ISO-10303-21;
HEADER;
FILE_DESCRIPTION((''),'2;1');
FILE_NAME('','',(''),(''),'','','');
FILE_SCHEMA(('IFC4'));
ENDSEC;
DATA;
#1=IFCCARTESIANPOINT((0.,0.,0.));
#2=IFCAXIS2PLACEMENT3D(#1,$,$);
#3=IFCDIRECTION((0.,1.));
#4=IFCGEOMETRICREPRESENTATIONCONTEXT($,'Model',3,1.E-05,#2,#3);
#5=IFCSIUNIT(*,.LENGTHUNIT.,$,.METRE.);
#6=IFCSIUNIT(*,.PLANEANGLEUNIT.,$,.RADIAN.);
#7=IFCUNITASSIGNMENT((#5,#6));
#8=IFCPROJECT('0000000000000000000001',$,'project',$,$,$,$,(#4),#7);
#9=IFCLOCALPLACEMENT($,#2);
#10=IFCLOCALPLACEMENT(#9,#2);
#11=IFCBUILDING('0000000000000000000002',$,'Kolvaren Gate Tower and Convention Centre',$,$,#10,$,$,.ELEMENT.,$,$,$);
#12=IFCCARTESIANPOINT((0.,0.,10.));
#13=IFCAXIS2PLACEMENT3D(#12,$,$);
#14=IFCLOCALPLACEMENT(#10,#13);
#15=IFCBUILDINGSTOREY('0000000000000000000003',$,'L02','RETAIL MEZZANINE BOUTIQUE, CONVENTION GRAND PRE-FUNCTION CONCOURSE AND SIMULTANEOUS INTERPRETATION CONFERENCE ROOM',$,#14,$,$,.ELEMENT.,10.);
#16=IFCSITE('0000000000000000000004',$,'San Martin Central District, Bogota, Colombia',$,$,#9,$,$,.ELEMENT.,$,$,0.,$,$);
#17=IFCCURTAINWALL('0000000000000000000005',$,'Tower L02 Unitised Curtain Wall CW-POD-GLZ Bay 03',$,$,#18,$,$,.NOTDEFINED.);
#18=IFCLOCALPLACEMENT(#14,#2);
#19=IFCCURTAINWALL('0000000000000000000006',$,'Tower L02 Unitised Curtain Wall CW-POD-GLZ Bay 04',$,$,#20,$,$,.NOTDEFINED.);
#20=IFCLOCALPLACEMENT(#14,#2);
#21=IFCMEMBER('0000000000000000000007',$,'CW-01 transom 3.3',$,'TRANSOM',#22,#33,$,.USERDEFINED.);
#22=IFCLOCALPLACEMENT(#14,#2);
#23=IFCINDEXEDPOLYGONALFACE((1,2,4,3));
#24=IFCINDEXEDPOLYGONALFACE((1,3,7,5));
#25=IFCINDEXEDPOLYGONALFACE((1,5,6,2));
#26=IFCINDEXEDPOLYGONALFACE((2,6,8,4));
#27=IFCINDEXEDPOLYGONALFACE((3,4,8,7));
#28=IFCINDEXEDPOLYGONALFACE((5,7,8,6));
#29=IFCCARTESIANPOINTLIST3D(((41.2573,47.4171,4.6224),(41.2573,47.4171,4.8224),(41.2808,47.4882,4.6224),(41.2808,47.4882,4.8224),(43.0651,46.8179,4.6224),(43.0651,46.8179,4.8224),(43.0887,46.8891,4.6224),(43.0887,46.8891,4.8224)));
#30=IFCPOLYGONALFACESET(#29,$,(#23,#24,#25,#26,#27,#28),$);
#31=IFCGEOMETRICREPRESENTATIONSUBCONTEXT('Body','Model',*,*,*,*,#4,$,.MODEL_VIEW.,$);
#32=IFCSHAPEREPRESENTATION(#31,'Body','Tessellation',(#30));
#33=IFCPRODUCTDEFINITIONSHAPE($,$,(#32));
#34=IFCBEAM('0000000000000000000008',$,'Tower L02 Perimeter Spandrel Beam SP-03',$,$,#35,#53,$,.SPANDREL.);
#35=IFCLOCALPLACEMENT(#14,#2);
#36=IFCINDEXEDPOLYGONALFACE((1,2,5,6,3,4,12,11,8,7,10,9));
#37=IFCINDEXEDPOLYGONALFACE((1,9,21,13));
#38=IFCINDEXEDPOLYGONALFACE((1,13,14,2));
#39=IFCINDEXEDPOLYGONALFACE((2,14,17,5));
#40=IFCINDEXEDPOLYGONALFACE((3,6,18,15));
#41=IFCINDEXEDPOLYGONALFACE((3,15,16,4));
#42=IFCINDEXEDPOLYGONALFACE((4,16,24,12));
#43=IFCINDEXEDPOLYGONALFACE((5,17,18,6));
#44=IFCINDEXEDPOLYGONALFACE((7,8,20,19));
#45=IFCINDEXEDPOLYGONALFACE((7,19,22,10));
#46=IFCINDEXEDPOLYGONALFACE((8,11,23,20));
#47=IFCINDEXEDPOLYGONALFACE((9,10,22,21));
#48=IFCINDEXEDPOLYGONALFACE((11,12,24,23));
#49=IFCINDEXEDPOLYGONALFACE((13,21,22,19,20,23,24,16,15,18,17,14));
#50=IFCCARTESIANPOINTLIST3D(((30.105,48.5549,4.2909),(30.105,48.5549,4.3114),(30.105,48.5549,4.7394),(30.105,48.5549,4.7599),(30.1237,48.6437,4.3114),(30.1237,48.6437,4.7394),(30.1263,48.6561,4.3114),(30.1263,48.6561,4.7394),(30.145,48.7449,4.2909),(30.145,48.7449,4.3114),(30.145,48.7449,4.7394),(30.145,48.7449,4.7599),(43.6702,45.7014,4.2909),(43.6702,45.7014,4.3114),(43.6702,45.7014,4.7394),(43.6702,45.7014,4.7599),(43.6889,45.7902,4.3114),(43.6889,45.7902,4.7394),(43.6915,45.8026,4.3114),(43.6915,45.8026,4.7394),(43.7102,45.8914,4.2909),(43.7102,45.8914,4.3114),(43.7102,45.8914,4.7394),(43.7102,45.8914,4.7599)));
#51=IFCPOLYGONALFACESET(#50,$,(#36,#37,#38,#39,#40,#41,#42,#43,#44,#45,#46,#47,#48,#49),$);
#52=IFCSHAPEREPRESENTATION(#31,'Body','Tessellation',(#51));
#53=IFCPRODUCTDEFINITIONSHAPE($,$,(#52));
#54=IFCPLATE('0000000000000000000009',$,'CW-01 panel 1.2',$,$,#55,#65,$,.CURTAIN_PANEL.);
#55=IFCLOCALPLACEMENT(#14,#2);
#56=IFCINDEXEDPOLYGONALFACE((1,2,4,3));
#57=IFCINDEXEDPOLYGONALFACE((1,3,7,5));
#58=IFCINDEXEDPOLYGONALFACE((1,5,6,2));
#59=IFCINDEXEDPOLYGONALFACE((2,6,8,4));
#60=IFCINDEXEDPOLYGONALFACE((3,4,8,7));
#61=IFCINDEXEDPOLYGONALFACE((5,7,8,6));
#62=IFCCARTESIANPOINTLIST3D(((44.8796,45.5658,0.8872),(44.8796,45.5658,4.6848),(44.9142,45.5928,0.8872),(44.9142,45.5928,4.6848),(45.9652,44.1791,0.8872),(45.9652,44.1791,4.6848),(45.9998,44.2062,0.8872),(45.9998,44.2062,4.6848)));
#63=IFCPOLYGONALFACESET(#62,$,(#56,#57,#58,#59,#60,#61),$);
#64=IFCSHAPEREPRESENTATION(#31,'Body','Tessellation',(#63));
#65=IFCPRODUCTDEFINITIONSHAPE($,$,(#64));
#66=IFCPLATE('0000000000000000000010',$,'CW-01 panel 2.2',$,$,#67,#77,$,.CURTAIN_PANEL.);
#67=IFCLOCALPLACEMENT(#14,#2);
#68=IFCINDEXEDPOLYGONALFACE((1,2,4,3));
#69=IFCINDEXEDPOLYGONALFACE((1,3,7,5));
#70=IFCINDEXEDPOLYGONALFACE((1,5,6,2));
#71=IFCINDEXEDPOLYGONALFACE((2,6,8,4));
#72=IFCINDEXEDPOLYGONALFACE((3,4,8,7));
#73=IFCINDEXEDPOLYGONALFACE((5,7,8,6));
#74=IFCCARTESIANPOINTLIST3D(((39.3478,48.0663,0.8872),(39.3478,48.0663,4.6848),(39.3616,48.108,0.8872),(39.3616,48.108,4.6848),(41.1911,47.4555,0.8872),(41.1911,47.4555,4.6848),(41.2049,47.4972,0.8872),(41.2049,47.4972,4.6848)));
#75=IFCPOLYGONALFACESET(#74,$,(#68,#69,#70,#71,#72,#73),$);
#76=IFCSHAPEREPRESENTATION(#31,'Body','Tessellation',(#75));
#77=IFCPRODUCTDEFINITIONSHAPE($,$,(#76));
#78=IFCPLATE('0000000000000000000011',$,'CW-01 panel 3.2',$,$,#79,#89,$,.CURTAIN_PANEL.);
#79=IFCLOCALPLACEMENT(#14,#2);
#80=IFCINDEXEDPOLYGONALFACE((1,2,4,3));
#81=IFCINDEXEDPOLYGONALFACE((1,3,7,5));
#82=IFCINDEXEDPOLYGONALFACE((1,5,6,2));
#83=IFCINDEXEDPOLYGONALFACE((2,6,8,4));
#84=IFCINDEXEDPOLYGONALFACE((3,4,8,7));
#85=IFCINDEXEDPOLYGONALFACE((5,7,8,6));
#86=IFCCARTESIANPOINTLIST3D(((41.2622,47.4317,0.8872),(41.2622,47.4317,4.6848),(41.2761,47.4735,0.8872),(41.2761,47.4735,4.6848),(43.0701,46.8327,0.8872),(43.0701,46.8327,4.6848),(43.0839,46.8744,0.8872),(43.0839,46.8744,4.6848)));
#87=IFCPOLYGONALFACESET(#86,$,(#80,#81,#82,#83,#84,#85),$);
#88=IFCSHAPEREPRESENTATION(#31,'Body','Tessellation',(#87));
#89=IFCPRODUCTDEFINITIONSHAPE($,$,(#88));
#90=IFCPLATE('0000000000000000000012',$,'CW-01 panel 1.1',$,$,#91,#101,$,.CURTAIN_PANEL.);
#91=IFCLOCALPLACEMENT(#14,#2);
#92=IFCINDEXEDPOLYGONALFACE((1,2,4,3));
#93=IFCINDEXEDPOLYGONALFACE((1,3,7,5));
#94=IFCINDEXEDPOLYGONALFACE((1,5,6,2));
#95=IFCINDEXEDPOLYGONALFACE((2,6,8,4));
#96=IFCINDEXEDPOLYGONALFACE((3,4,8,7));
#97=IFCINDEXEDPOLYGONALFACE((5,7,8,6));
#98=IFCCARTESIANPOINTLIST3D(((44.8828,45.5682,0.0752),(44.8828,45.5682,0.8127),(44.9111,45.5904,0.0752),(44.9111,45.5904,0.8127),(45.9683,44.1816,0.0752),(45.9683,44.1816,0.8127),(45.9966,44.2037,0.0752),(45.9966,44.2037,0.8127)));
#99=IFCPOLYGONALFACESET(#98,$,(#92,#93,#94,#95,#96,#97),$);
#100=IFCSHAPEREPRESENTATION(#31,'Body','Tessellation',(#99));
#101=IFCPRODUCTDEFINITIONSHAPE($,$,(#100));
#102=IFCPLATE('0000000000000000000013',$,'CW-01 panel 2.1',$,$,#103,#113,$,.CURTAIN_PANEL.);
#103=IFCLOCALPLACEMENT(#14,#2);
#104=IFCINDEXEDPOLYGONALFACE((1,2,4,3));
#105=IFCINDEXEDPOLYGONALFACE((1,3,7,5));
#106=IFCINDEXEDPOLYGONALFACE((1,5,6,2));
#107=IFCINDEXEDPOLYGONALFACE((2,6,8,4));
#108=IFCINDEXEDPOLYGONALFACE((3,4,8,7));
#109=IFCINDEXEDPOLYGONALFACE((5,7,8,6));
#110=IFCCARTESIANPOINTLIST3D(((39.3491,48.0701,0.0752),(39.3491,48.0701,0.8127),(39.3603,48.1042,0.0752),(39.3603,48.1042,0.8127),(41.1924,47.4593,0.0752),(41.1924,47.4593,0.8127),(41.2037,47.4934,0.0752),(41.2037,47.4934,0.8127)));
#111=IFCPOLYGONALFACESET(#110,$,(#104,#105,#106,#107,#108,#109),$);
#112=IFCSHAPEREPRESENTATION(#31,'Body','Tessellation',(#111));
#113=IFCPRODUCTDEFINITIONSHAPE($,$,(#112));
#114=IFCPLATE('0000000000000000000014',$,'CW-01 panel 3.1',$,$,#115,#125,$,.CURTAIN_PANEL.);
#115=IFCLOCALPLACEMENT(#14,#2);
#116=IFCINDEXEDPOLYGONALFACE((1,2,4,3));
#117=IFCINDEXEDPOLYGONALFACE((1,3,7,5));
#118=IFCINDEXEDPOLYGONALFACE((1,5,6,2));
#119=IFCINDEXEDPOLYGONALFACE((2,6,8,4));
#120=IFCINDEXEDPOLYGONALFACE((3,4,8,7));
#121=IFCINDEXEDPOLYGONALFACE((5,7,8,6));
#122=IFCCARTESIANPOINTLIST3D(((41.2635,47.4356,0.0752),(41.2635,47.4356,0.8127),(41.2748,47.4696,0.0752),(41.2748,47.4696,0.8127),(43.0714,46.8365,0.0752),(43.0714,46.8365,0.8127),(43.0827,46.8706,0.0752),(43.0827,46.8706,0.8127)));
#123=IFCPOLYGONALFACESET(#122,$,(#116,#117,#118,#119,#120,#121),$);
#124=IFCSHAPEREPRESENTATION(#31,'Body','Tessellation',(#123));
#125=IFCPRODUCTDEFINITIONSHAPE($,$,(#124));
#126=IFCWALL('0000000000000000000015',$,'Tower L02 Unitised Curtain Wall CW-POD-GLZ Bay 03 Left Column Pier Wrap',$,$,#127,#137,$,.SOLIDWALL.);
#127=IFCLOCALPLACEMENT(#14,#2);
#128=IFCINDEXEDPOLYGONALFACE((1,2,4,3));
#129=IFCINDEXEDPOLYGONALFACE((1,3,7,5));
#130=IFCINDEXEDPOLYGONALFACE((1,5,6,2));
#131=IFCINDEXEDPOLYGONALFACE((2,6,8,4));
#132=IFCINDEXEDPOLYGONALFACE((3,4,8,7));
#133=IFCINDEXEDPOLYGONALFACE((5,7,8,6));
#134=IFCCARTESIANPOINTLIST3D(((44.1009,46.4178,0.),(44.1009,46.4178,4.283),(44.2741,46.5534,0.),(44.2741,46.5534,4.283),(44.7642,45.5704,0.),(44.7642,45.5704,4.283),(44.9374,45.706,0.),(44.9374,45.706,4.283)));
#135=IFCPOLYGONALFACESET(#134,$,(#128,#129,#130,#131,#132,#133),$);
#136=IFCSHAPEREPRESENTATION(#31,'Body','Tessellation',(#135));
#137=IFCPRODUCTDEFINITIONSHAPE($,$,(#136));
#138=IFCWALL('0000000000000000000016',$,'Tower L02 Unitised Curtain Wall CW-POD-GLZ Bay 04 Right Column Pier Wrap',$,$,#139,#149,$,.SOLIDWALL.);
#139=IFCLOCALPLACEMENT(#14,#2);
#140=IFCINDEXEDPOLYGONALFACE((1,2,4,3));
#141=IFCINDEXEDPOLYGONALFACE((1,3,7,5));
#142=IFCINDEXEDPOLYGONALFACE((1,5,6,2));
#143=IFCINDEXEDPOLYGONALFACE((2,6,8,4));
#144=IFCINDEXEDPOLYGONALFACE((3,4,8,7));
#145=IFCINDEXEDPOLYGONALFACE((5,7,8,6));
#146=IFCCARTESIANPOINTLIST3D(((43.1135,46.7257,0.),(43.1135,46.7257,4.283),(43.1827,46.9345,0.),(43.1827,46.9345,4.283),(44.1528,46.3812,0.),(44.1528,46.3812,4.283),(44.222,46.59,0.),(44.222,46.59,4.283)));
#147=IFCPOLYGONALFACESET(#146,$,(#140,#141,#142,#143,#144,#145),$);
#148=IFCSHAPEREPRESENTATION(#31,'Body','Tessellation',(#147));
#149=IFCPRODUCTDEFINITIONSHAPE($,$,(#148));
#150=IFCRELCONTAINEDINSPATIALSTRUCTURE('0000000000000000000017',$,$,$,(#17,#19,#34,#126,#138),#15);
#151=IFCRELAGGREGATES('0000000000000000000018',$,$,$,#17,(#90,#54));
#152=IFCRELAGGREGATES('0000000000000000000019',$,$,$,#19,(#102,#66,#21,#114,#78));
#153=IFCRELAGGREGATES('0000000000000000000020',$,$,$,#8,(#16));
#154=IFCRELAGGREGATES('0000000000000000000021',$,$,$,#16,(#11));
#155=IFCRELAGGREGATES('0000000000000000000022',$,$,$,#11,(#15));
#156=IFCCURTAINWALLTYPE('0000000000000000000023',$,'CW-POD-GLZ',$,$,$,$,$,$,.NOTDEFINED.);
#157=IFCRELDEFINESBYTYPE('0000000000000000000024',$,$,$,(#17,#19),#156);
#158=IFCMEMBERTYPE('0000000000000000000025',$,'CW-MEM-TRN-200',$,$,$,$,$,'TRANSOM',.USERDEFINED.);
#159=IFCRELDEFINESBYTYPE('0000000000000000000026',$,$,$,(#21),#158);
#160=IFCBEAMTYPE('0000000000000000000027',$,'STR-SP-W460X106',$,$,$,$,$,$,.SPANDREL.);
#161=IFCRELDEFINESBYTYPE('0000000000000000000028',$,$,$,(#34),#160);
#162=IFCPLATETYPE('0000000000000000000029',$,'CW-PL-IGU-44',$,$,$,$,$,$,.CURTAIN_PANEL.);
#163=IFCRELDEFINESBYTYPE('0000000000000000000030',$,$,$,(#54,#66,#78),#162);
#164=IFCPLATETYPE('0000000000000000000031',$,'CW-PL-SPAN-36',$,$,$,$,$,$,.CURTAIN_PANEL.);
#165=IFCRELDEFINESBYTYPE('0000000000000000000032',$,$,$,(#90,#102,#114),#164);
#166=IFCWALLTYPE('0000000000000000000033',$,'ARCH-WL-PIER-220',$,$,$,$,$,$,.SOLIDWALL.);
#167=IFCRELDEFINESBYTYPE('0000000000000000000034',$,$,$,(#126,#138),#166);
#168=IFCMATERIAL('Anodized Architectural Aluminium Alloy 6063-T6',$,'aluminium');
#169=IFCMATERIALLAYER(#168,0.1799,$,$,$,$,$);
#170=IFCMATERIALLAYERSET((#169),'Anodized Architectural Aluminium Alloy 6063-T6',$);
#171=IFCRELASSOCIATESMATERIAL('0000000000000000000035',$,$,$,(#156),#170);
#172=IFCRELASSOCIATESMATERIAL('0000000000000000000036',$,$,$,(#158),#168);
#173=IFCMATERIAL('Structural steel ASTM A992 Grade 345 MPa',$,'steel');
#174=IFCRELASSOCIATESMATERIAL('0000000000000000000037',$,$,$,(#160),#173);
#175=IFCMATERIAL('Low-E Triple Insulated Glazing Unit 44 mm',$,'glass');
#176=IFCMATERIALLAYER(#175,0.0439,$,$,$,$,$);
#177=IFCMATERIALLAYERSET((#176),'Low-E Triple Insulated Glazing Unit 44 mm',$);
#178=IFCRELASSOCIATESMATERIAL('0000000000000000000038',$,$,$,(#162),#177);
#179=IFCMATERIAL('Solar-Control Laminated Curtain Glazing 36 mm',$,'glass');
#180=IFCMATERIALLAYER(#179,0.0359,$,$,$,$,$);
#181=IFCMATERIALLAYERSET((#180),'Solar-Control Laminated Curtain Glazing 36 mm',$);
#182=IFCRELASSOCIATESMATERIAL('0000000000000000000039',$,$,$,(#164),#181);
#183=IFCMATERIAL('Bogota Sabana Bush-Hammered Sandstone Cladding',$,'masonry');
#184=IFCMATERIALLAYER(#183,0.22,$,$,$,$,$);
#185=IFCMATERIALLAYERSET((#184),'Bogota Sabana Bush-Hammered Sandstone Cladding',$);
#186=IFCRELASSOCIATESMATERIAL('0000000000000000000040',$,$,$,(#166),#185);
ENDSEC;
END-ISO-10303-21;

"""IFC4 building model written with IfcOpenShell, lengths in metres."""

from ifc_helpers import new_model, si_unit, direction, frame, frame_2d, origin, origin_2d, place, context, subcontext, project, spatial, rectangle, i_section, extrude, material, layer, layer_set, material_profile, profile_set, type_object, element, aggregate, save


model = new_model("IFC4")

# Units and contexts
model_context = context("Model", 3, precision=1e-05, world=origin(), true_north=direction((0.0, 1.0)))
body_context = subcontext(model_context, "Body", "Model", "MODEL_VIEW")
ifc_project = project(units=[si_unit("LENGTHUNIT", "METRE"), si_unit("PLANEANGLEUNIT", "RADIAN")], contexts=[model_context])

# Site, building, storey
site_placement = place(None, origin())
site = spatial("IfcSite", under=ifc_project, at=site_placement, Name="San Martin Central District, Bogota, Colombia", CompositionType="ELEMENT", RefElevation=0.0)
building_placement = place(site_placement, origin())
building = spatial("IfcBuilding", under=site, at=building_placement, Name="Kolvaren Gate Tower and Convention Centre", CompositionType="ELEMENT")
storey_placement = place(building_placement, frame((0.0, 0.0, 10.0)))
storey = spatial("IfcBuildingStorey", under=building, at=storey_placement, Name="L02", Description="RETAIL MEZZANINE BOUTIQUE, CONVENTION GRAND PRE-FUNCTION CONCOURSE AND SIMULTANEOUS INTERPRETATION CONFERENCE ROOM", CompositionType="ELEMENT", Elevation=10.0)

# Curtain walls
ifc_material_1 = material(Name="Anodized Architectural Aluminium Alloy 6063-T6", Category="aluminium")
ifc_layer_1 = layer(ifc_material_1, 0.1799)
ifc_layer_set_1 = layer_set([ifc_layer_1], Name="Anodized Architectural Aluminium Alloy 6063-T6")
curtain_wall_type = type_object("IfcCurtainWallType", Name="CW-POD-GLZ", PredefinedType="NOTDEFINED", material=ifc_layer_set_1)
curtain_wall_1_placement = place(storey_placement, origin())
curtain_wall_1 = element("IfcCurtainWall", 1, at=curtain_wall_1_placement, inside=storey, type_object=curtain_wall_type, Name="Tower L02 Unitised Curtain Wall CW-POD-GLZ Bay 03", PredefinedType="NOTDEFINED")
curtain_wall_2_placement = place(storey_placement, origin())
curtain_wall_2 = element("IfcCurtainWall", 2, at=curtain_wall_2_placement, inside=storey, type_object=curtain_wall_type, Name="Tower L02 Unitised Curtain Wall CW-POD-GLZ Bay 04", PredefinedType="NOTDEFINED")

# Member
ifc_material_profile_1 = material_profile(ifc_material_1, rectangle(XDim=0.075, YDim=0.2, at=origin_2d()), Name="CW-MEM-TRN-200")
ifc_profile_set_1 = profile_set([ifc_material_profile_1], Name="Anodized Architectural Aluminium Alloy 6063-T6")
member_type_1 = type_object("IfcMemberType", Name="CW-MEM-TRN-200", ElementType="TRANSOM", PredefinedType="USERDEFINED", material=ifc_profile_set_1)
member_1_placement = place(storey_placement, frame((41.269, 47.4526, 4.7224), z_axis=(0.949233, -0.314574, 0.0), x_axis=(0.314574, 0.949233, 0.0)))
member_1 = element("IfcMember", 3, at=member_1_placement, type_object=member_type_1, Name="CW-01 transom 3.3", ObjectType="TRANSOM", PredefinedType="USERDEFINED", context=body_context, shape_type="SweptSolid", body=[
    extrude(rectangle(XDim=0.075, YDim=0.2, at=origin_2d()), origin(), (0.0, 0.0, 1.0), 1.9045),
])

# Beam
ifc_material_2 = material(Name="Structural steel ASTM A992 Grade 345 MPa", Category="steel")
ifc_material_profile_2 = material_profile(ifc_material_2, i_section(OverallWidth=0.1941, OverallDepth=0.469, WebThickness=0.0127, FlangeThickness=0.0205, at=origin_2d()), Name="W460X106")
ifc_profile_set_2 = profile_set([ifc_material_profile_2], Name="Structural steel ASTM A992 Grade 345 MPa")
beam_type = type_object("IfcBeamType", Name="STR-SP-W460X106", PredefinedType="SPANDREL", material=ifc_profile_set_2)
beam_placement = place(storey_placement, frame((43.6902, 45.7964, 4.5254), z_axis=(-0.978583, 0.205851, 0.0), x_axis=(-0.205851, -0.978583, 0.0)))
element("IfcBeam", 4, at=beam_placement, inside=storey, type_object=beam_type, Name="Tower L02 Perimeter Spandrel Beam SP-03", PredefinedType="SPANDREL", context=body_context, shape_type="SweptSolid", body=[
    extrude(i_section(OverallWidth=0.1941, OverallDepth=0.469, WebThickness=0.0127, FlangeThickness=0.0205, at=origin_2d()), origin(), (0.0, 0.0, 1.0), 13.8621),
])

# Plates
ifc_material_3 = material(Name="Low-E Triple Insulated Glazing Unit 44 mm", Category="glass")
ifc_layer_2 = layer(ifc_material_3, 0.0439)
ifc_layer_set_2 = layer_set([ifc_layer_2], Name="Low-E Triple Insulated Glazing Unit 44 mm")
plate_type_1 = type_object("IfcPlateType", Name="CW-PL-IGU-44", PredefinedType="CURTAIN_PANEL", material=ifc_layer_set_2)
plate_1_placement = place(storey_placement, frame((45.4397, 44.886, 0.8872), z_axis=(0.0, 0.0, 1.0), x_axis=(0.616426, -0.787413, 0.0)))
plate_1 = element("IfcPlate", 5, at=plate_1_placement, type_object=plate_type_1, Name="CW-01 panel 1.2", PredefinedType="CURTAIN_PANEL", context=body_context, shape_type="SweptSolid", body=[
    extrude(rectangle(XDim=1.761, YDim=0.0439, at=origin_2d()), origin(), (0.0, 0.0, 1.0), 3.7976),
])
plate_2_placement = place(storey_placement, frame((40.2764, 47.7817, 0.8872), z_axis=(0.0, 0.0, 1.0), x_axis=(0.949244, -0.314542, 0.0)))
plate_2 = element("IfcPlate", 6, at=plate_2_placement, type_object=plate_type_1, Name="CW-01 panel 2.2", PredefinedType="CURTAIN_PANEL", context=body_context, shape_type="SweptSolid", body=[
    extrude(rectangle(XDim=1.9419, YDim=0.0439, at=origin_2d()), origin(), (0.0, 0.0, 1.0), 3.7976),
])
plate_3_placement = place(storey_placement, frame((42.1731, 47.1531, 0.8872), z_axis=(0.0, 0.0, 1.0), x_axis=(0.949244, -0.314542, 0.0)))
plate_3 = element("IfcPlate", 7, at=plate_3_placement, type_object=plate_type_1, Name="CW-01 panel 3.2", PredefinedType="CURTAIN_PANEL", context=body_context, shape_type="SweptSolid", body=[
    extrude(rectangle(XDim=1.9045, YDim=0.0439, at=origin_2d()), origin(), (0.0, 0.0, 1.0), 3.7976),
])
ifc_material_4 = material(Name="Solar-Control Laminated Curtain Glazing 36 mm", Category="glass")
ifc_layer_3 = layer(ifc_material_4, 0.0359)
ifc_layer_set_3 = layer_set([ifc_layer_3], Name="Solar-Control Laminated Curtain Glazing 36 mm")
plate_type_2 = type_object("IfcPlateType", Name="CW-PL-SPAN-36", PredefinedType="CURTAIN_PANEL", material=ifc_layer_set_3)
plate_4_placement = place(storey_placement, frame((45.4397, 44.886, 0.0752), z_axis=(0.0, 0.0, 1.0), x_axis=(0.616426, -0.787413, 0.0)))
plate_4 = element("IfcPlate", 8, at=plate_4_placement, type_object=plate_type_2, Name="CW-01 panel 1.1", PredefinedType="CURTAIN_PANEL", context=body_context, shape_type="SweptSolid", body=[
    extrude(rectangle(XDim=1.761, YDim=0.0359, at=origin_2d()), origin(), (0.0, 0.0, 1.0), 0.7375),
])
aggregate(curtain_wall_1, [plate_4, plate_1])
plate_5_placement = place(storey_placement, frame((40.2764, 47.7817, 0.0752), z_axis=(0.0, 0.0, 1.0), x_axis=(0.949244, -0.314542, 0.0)))
plate_5 = element("IfcPlate", 9, at=plate_5_placement, type_object=plate_type_2, Name="CW-01 panel 2.1", PredefinedType="CURTAIN_PANEL", context=body_context, shape_type="SweptSolid", body=[
    extrude(rectangle(XDim=1.9419, YDim=0.0359, at=origin_2d()), origin(), (0.0, 0.0, 1.0), 0.7375),
])
plate_6_placement = place(storey_placement, frame((42.1731, 47.1531, 0.0752), z_axis=(0.0, 0.0, 1.0), x_axis=(0.949244, -0.314542, 0.0)))
plate_6 = element("IfcPlate", 10, at=plate_6_placement, type_object=plate_type_2, Name="CW-01 panel 3.1", PredefinedType="CURTAIN_PANEL", context=body_context, shape_type="SweptSolid", body=[
    extrude(rectangle(XDim=1.9045, YDim=0.0359, at=origin_2d()), origin(), (0.0, 0.0, 1.0), 0.7375),
])
aggregate(curtain_wall_2, [plate_5, plate_2, member_1, plate_6, plate_3])

# Walls
ifc_material_5 = material(Name="Bogota Sabana Bush-Hammered Sandstone Cladding", Category="masonry")
ifc_layer_4 = layer(ifc_material_5, 0.22)
ifc_layer_set_4 = layer_set([ifc_layer_4], Name="Bogota Sabana Bush-Hammered Sandstone Cladding")
wall_type = type_object("IfcWallType", Name="ARCH-WL-PIER-220", PredefinedType="SOLIDWALL", material=ifc_layer_set_4)
wall_1_placement = place(storey_placement, frame((44.1875, 46.4856, 0.0), z_axis=(0.0, 0.0, 1.0), x_axis=(0.616388, -0.787443, 0.0)))
element("IfcWall", 11, at=wall_1_placement, inside=storey, type_object=wall_type, Name="Tower L02 Unitised Curtain Wall CW-POD-GLZ Bay 03 Left Column Pier Wrap", PredefinedType="SOLIDWALL", context=body_context, shape_type="SweptSolid", body=[
    extrude(rectangle(XDim=1.0762, YDim=0.22, at=frame_2d((0.5381, 0.0))), origin(), (0.0, 0.0, 1.0), 4.283),
])
wall_2_placement = place(storey_placement, frame((43.1482, 46.8301, 0.0), z_axis=(0.0, 0.0, 1.0), x_axis=(0.949217, -0.314622, 0.0)))
element("IfcWall", 12, at=wall_2_placement, inside=storey, type_object=wall_type, Name="Tower L02 Unitised Curtain Wall CW-POD-GLZ Bay 04 Right Column Pier Wrap", PredefinedType="SOLIDWALL", context=body_context, shape_type="SweptSolid", body=[
    extrude(rectangle(XDim=1.095, YDim=0.22, at=frame_2d((0.5474, 0.0))), origin(), (0.0, 0.0, 1.0), 4.283),
])

save(model, "model.ifc")
